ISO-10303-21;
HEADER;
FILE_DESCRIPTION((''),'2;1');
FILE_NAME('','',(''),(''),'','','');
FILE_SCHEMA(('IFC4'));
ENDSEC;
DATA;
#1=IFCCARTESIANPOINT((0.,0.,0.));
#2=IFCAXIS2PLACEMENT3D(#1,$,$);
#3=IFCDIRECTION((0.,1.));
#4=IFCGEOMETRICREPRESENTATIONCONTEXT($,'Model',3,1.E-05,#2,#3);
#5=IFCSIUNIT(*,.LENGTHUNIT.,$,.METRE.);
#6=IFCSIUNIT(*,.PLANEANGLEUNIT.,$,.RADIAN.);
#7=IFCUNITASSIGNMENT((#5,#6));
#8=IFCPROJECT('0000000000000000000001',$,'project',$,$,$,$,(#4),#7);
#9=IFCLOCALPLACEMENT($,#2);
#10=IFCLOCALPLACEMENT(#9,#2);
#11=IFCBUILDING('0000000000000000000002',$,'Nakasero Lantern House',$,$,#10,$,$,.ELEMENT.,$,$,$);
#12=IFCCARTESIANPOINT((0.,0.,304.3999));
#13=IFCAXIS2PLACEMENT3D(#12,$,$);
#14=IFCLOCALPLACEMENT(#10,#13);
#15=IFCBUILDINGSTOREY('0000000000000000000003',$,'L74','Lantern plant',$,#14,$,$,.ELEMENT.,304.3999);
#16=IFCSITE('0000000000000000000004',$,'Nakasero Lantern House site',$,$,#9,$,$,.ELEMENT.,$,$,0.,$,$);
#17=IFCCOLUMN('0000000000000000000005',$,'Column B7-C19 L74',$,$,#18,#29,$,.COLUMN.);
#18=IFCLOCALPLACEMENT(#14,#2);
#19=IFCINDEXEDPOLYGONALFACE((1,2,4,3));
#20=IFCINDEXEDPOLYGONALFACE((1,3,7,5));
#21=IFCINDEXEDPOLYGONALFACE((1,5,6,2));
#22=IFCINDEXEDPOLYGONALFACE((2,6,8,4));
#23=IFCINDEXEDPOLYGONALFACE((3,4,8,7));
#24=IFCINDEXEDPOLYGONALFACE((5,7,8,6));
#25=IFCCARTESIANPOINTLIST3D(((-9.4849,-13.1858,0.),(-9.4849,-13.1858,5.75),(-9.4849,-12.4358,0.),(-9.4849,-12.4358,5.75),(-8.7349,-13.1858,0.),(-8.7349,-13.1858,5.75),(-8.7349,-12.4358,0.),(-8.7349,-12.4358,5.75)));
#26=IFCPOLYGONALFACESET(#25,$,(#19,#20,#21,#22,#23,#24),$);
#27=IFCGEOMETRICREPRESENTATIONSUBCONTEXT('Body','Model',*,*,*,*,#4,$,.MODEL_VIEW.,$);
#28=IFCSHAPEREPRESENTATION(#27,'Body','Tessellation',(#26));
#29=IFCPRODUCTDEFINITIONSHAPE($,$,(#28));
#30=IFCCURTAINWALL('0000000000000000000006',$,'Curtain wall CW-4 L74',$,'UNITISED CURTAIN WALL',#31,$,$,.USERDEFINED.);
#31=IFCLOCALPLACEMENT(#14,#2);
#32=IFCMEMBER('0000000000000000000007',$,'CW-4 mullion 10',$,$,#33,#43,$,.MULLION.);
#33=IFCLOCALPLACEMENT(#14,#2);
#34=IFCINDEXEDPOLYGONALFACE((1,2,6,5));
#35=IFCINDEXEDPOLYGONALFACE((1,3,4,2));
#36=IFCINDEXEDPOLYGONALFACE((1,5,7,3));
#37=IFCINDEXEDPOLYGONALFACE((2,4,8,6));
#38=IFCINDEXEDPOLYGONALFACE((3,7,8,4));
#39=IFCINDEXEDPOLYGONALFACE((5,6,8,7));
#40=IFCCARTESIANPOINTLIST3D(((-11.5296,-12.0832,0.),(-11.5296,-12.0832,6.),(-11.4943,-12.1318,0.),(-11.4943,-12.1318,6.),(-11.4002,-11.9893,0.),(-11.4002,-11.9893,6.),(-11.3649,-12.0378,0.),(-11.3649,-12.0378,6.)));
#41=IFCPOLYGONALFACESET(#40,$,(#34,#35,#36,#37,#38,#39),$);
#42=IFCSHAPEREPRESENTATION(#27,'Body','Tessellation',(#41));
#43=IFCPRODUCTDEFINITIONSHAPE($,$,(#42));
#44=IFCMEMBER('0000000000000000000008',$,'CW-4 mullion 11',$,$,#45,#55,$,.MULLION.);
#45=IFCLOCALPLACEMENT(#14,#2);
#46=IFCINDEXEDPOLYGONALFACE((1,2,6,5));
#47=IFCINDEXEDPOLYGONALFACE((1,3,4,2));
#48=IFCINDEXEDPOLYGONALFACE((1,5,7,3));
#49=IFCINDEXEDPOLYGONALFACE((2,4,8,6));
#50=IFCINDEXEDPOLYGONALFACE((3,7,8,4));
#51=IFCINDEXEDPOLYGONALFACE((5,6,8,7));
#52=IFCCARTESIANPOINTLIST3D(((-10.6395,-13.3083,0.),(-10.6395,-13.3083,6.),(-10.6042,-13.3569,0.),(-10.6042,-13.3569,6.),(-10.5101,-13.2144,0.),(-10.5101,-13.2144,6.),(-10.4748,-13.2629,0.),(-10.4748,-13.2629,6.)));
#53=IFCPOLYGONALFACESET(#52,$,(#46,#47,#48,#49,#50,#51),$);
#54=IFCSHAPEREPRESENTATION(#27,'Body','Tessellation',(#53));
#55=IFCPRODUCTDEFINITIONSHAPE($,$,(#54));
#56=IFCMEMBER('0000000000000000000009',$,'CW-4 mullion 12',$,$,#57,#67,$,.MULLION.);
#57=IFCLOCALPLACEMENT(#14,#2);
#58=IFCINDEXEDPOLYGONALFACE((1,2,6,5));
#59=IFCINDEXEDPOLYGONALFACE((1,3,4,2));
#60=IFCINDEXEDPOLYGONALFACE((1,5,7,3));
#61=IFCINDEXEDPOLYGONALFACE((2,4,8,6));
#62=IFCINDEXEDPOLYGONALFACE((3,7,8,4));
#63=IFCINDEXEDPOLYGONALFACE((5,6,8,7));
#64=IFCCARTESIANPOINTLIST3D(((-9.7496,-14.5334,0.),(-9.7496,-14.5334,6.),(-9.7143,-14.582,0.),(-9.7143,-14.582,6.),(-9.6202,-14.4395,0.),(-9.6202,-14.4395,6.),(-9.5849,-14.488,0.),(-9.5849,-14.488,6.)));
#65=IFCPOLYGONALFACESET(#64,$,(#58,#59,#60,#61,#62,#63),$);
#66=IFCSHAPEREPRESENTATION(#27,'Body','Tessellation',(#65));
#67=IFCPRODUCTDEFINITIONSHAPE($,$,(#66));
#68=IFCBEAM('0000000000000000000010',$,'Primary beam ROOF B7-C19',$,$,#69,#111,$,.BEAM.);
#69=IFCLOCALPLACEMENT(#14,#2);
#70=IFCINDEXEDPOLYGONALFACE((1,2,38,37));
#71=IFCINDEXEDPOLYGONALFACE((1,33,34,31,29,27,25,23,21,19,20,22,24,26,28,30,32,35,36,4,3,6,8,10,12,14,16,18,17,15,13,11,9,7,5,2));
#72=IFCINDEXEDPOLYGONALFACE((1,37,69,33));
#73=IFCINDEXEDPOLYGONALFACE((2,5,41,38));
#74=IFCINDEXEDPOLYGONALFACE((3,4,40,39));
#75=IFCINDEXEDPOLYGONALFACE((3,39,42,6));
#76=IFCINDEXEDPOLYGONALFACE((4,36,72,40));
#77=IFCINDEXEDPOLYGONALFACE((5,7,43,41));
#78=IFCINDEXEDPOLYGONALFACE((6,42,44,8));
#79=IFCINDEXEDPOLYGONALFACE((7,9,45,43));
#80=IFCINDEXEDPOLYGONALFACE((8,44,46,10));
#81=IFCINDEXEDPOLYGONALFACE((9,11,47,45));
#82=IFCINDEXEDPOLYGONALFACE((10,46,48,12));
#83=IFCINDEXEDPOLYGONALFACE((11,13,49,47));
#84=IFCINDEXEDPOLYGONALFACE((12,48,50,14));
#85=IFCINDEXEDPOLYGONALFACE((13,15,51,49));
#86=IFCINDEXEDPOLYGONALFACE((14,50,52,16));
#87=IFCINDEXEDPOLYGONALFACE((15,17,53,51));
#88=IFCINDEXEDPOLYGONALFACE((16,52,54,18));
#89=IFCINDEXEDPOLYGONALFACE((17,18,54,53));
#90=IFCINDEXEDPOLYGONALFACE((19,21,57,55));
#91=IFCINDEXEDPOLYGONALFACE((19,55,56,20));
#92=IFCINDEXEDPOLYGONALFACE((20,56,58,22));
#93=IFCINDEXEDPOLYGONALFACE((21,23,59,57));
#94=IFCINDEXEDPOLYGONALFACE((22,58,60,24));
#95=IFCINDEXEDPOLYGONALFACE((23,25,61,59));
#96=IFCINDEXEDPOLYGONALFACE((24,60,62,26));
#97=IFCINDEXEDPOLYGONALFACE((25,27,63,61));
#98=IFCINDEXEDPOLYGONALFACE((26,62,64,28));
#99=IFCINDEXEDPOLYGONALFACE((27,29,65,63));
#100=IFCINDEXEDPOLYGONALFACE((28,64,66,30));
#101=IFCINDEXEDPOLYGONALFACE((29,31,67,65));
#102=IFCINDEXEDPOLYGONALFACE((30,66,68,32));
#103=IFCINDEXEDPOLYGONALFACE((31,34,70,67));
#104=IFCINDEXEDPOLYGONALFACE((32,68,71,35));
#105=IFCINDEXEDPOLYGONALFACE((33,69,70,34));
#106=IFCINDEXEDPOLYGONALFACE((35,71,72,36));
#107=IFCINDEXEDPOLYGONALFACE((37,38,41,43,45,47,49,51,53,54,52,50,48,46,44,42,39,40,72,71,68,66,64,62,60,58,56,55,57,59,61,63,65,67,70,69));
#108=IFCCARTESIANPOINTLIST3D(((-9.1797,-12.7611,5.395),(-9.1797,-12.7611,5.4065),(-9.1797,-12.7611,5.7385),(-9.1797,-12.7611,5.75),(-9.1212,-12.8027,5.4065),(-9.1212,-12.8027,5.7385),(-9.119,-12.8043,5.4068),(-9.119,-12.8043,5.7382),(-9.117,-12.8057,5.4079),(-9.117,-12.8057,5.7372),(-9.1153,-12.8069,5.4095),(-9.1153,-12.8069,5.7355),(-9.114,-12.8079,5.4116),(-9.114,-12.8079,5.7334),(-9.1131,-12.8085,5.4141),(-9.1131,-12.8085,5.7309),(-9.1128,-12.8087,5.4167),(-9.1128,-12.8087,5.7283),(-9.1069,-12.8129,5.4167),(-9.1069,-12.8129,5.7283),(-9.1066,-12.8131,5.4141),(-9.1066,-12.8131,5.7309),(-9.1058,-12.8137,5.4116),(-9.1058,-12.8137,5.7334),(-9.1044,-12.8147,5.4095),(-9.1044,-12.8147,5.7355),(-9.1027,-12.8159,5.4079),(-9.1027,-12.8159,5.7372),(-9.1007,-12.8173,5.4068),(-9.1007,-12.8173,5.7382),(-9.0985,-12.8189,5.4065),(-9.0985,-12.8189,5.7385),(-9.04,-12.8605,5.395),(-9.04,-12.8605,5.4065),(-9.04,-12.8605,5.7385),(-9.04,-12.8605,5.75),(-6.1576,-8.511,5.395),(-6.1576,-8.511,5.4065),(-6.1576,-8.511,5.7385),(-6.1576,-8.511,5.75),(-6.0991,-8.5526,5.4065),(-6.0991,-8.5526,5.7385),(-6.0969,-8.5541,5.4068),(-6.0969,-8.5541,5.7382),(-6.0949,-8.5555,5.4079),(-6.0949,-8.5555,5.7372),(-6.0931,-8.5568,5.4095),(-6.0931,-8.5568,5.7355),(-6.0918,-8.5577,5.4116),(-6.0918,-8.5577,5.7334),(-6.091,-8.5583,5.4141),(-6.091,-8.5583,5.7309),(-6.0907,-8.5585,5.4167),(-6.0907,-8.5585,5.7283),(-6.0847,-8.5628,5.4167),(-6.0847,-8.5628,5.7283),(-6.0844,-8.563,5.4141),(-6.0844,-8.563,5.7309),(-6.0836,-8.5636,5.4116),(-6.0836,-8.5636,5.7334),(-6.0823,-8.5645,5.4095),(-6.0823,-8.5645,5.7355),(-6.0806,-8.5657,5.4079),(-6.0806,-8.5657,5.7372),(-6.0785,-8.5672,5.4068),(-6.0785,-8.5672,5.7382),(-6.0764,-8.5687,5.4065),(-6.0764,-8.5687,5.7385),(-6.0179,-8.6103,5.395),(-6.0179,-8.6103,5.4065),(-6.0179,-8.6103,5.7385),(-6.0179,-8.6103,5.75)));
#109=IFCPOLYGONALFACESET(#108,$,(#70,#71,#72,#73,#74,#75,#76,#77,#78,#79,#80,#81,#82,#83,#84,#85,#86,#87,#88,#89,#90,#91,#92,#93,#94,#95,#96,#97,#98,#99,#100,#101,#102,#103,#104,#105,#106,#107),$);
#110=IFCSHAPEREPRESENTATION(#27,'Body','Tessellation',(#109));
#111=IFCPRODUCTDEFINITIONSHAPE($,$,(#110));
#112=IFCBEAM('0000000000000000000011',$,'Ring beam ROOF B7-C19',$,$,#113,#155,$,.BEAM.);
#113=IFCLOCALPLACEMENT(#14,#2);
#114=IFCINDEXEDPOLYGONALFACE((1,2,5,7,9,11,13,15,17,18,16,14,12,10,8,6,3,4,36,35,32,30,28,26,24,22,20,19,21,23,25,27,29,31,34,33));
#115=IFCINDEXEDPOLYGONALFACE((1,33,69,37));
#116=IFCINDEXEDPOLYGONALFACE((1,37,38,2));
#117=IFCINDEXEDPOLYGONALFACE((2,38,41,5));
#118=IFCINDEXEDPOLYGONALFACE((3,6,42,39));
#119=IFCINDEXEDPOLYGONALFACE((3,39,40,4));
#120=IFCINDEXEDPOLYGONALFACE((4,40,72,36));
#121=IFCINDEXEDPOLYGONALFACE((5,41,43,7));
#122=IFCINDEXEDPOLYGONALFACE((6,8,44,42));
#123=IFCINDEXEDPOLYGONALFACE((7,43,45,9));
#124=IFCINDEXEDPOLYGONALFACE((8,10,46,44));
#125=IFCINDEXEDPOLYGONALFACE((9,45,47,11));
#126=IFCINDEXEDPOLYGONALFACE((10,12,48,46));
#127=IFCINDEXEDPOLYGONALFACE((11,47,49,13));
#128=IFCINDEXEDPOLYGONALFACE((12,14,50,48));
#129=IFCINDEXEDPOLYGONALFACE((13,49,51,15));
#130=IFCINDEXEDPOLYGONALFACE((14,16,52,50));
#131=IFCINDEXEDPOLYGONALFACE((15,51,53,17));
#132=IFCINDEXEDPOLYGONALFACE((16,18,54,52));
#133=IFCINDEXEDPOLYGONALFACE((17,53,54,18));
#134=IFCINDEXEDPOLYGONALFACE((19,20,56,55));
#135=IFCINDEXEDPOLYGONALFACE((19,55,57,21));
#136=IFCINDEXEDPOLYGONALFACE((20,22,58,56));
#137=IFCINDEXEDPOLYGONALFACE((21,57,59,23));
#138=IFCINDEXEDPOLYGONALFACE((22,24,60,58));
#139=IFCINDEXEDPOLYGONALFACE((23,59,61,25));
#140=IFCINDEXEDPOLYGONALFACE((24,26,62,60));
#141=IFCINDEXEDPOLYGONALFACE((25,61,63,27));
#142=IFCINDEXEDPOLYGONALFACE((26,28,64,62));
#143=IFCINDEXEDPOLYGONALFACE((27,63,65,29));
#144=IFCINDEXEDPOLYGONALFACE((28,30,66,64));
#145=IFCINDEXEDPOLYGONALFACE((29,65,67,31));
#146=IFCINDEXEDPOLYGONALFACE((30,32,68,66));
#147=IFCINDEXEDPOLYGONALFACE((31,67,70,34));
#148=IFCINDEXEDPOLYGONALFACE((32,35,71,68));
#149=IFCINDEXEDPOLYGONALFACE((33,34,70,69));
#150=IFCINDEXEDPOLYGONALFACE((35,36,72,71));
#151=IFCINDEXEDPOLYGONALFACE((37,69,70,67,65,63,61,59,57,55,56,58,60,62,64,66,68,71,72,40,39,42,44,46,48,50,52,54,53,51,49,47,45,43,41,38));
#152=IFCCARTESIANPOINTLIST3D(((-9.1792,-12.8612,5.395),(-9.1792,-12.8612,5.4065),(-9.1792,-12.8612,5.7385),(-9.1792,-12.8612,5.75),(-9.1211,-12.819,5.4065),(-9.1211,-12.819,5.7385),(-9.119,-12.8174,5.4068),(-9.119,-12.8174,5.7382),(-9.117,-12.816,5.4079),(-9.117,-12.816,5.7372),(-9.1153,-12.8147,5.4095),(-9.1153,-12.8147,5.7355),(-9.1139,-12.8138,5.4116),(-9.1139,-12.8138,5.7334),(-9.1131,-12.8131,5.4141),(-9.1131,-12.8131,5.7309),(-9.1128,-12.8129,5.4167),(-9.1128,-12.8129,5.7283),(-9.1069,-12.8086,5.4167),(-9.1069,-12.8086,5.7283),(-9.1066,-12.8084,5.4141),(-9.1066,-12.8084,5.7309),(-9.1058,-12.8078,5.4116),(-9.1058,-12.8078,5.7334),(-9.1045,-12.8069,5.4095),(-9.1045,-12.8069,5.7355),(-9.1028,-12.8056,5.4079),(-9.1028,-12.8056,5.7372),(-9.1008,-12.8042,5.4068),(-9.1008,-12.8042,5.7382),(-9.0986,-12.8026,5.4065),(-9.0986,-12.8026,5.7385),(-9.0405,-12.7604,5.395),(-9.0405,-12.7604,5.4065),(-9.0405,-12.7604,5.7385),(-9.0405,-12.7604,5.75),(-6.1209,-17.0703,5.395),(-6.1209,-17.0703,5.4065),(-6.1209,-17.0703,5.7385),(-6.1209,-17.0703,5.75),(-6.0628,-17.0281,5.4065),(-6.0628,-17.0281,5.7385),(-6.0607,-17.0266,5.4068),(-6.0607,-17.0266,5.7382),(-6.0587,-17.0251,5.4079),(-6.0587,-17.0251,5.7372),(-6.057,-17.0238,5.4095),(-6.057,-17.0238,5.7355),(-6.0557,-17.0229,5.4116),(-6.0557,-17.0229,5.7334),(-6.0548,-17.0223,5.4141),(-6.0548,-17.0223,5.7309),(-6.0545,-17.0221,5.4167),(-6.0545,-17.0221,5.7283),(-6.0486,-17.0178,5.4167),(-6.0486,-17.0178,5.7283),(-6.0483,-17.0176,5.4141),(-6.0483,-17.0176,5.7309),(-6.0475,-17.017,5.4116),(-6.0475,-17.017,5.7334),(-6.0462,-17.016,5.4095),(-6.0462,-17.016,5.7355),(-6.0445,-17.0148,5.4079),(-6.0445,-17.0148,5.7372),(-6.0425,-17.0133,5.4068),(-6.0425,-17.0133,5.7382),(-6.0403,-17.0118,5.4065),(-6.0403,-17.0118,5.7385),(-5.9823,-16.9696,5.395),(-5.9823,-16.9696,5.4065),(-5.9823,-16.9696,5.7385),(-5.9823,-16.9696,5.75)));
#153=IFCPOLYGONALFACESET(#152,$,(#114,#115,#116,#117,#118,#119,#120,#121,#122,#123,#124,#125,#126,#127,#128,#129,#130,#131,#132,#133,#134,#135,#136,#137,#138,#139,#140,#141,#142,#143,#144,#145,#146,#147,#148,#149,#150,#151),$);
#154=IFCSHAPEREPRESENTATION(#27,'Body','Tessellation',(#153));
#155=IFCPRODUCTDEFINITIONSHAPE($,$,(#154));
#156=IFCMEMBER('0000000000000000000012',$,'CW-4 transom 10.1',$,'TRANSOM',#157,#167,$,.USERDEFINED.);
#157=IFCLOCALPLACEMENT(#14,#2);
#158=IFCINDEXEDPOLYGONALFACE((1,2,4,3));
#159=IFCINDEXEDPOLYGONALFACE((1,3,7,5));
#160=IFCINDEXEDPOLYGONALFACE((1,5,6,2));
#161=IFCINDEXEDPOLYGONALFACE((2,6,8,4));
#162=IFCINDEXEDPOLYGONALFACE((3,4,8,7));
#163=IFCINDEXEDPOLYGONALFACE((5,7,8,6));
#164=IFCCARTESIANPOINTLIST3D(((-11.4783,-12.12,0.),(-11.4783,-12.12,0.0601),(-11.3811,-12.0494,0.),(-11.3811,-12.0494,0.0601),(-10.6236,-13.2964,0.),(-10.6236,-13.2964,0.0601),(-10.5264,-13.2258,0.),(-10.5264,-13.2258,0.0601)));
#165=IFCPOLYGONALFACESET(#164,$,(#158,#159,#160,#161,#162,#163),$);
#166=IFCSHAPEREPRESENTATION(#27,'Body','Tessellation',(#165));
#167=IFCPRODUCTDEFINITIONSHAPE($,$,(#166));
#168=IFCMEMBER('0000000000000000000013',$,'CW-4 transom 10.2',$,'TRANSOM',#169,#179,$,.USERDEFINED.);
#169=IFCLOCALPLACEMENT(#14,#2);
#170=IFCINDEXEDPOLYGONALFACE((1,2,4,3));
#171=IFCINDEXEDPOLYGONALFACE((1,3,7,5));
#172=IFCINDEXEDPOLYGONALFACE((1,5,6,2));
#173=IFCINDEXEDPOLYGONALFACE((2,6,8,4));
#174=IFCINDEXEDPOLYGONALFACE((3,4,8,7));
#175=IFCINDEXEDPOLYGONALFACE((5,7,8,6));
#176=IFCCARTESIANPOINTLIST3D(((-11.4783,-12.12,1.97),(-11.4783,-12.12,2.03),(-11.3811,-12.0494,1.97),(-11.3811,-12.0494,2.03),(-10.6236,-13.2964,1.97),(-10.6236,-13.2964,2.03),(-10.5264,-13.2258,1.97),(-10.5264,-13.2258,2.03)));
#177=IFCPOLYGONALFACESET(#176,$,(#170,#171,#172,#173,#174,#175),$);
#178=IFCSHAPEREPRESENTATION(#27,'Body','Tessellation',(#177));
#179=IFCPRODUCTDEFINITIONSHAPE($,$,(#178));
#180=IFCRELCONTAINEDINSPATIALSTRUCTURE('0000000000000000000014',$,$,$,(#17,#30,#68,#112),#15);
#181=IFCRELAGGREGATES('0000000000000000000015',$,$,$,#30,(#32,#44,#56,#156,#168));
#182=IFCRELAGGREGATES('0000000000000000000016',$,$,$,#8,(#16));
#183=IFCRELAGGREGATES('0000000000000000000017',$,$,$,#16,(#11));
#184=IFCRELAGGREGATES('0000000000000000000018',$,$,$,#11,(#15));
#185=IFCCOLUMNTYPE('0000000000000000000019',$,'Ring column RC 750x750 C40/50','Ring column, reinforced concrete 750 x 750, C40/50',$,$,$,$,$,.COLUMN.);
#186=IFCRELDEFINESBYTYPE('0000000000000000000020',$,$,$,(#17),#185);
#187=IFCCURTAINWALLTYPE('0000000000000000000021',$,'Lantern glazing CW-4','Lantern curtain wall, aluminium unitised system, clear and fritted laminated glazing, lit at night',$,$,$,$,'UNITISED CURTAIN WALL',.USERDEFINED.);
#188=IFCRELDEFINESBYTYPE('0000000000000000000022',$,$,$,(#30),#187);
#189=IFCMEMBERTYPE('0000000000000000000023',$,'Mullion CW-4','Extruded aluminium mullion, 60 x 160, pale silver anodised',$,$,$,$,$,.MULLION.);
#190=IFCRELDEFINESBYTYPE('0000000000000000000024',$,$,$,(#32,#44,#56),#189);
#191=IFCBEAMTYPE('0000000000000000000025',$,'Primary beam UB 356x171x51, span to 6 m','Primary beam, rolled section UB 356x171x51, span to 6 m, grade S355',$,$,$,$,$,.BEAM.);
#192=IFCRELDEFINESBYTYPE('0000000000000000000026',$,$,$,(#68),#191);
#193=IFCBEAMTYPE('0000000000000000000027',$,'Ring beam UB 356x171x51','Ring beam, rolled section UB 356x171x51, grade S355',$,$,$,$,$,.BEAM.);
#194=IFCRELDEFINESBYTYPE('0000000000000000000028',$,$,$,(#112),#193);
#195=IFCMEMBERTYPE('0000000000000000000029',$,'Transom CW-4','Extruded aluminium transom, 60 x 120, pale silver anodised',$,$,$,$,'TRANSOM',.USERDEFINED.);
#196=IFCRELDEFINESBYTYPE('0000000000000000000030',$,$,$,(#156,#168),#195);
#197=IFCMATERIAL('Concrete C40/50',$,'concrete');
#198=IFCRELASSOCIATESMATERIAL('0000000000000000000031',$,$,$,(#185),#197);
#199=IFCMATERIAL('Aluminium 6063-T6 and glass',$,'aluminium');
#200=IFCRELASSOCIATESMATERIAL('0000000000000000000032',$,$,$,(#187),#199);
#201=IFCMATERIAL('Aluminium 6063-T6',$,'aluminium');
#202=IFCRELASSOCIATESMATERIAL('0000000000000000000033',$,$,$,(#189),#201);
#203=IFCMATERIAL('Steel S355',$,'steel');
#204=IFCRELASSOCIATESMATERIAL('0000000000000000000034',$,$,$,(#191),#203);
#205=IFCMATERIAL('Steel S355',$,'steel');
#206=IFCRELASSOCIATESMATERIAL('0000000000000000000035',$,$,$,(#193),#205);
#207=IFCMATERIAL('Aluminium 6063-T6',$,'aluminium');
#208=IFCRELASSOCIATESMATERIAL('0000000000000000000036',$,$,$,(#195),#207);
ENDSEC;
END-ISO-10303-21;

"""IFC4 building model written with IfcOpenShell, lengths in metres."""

from ifc_helpers import new_model, si_unit, direction, frame, origin, origin_2d, place, context, subcontext, project, spatial, rectangle, i_section, extrude, material, material_profile, profile_set, type_object, element, aggregate, save


model = new_model("IFC4")

# Units and contexts
model_context = context("Model", 3, precision=1e-05, world=origin(), true_north=direction((0.0, 1.0)))
body_context = subcontext(model_context, "Body", "Model", "MODEL_VIEW")
ifc_project = project(units=[si_unit("LENGTHUNIT", "METRE"), si_unit("PLANEANGLEUNIT", "RADIAN")], contexts=[model_context])

# Site, building, storey
site_placement = place(None, origin())
site = spatial("IfcSite", under=ifc_project, at=site_placement, Name="Nakasero Lantern House site", CompositionType="ELEMENT", RefElevation=0.0)
building_placement = place(site_placement, origin())
building = spatial("IfcBuilding", under=site, at=building_placement, Name="Nakasero Lantern House", CompositionType="ELEMENT")
storey_placement = place(building_placement, frame((0.0, 0.0, 304.3999)))
storey = spatial("IfcBuildingStorey", under=building, at=storey_placement, Name="L74", Description="Lantern plant", CompositionType="ELEMENT", Elevation=304.3999)

# Column
ifc_material_1 = material(Name="Concrete C40/50", Category="concrete")
ifc_material_profile_1 = material_profile(ifc_material_1, rectangle(XDim=0.75, YDim=0.75, at=origin_2d()), Name="RC 750x750")
ifc_profile_set_1 = profile_set([ifc_material_profile_1], Name="Concrete C40/50")
column_type = type_object("IfcColumnType", Name="Ring column RC 750x750 C40/50", Description="Ring column, reinforced concrete 750 x 750, C40/50", PredefinedType="COLUMN", material=ifc_profile_set_1)
column_placement = place(storey_placement, frame((-9.1099, -12.8108, 0.0), z_axis=(0.0, 0.0, 1.0), x_axis=(1.0, 0.0, 0.0)))
element("IfcColumn", 1, at=column_placement, inside=storey, type_object=column_type, Name="Column B7-C19 L74", PredefinedType="COLUMN", context=body_context, shape_type="SweptSolid", body=[
    extrude(rectangle(XDim=0.75, YDim=0.75, at=origin_2d()), origin(), (0.0, 0.0, 1.0), 5.75),
])

# Curtain wall, members
ifc_material_2 = material(Name="Aluminium 6063-T6 and glass", Category="aluminium")
curtain_wall_type = type_object("IfcCurtainWallType", Name="Lantern glazing CW-4", Description="Lantern curtain wall, aluminium unitised system, clear and fritted laminated glazing, lit at night", ElementType="UNITISED CURTAIN WALL", PredefinedType="USERDEFINED", material=ifc_material_2)
curtain_wall_placement = place(storey_placement, origin())
curtain_wall = element("IfcCurtainWall", 2, at=curtain_wall_placement, inside=storey, type_object=curtain_wall_type, Name="Curtain wall CW-4 L74", ObjectType="UNITISED CURTAIN WALL", PredefinedType="USERDEFINED")
ifc_material_3 = material(Name="Aluminium 6063-T6", Category="aluminium")
ifc_material_profile_2 = material_profile(ifc_material_3, rectangle(XDim=0.0601, YDim=0.1599, at=origin_2d()), Name="CW-4 mullion 60x160")
ifc_profile_set_2 = profile_set([ifc_material_profile_2], Name="Aluminium 6063-T6")
member_type_1 = type_object("IfcMemberType", Name="Mullion CW-4", Description="Extruded aluminium mullion, 60 x 160, pale silver anodised", PredefinedType="MULLION", material=ifc_profile_set_2)
member_1_placement = place(storey_placement, frame((-11.4473, -12.0605, 0.0), z_axis=(0.0, 0.0, 1.0), x_axis=(0.587785, -0.809017, 0.0)))
member_1 = element("IfcMember", 3, at=member_1_placement, type_object=member_type_1, Name="CW-4 mullion 10", PredefinedType="MULLION", context=body_context, shape_type="SweptSolid", body=[
    extrude(rectangle(XDim=0.0601, YDim=0.1599, at=origin_2d()), origin(), (0.0, 0.0, 1.0), 6.0),
])
member_2_placement = place(storey_placement, frame((-10.5571, -13.2856, 0.0), z_axis=(0.0, 0.0, 1.0), x_axis=(0.587785, -0.809017, 0.0)))
member_2 = element("IfcMember", 4, at=member_2_placement, type_object=member_type_1, Name="CW-4 mullion 11", PredefinedType="MULLION", context=body_context, shape_type="SweptSolid", body=[
    extrude(rectangle(XDim=0.0601, YDim=0.1599, at=origin_2d()), origin(), (0.0, 0.0, 1.0), 6.0),
])
member_3_placement = place(storey_placement, frame((-9.6672, -14.5107, 0.0), z_axis=(0.0, 0.0, 1.0), x_axis=(0.587785, -0.809017, 0.0)))
member_3 = element("IfcMember", 5, at=member_3_placement, type_object=member_type_1, Name="CW-4 mullion 12", PredefinedType="MULLION", context=body_context, shape_type="SweptSolid", body=[
    extrude(rectangle(XDim=0.0601, YDim=0.1599, at=origin_2d()), origin(), (0.0, 0.0, 1.0), 6.0),
])

# Beams
ifc_material_4 = material(Name="Steel S355", Category="steel")
ifc_material_profile_3 = material_profile(ifc_material_4, i_section(OverallWidth=0.1714, OverallDepth=0.355, WebThickness=0.0073, FlangeThickness=0.0115, FilletRadius=0.0103, at=origin_2d()), Name="UB 356x171x51")
ifc_profile_set_3 = profile_set([ifc_material_profile_3], Name="Steel S355")
beam_type_1 = type_object("IfcBeamType", Name="Primary beam UB 356x171x51, span to 6 m", Description="Primary beam, rolled section UB 356x171x51, span to 6 m, grade S355", PredefinedType="BEAM", material=ifc_profile_set_3)
beam_1_placement = place(storey_placement, frame((-9.1099, -12.8108, 5.5725), z_axis=(0.579501, 0.814972, 0.0), x_axis=(-0.814972, 0.579501, 0.0)))
element("IfcBeam", 6, at=beam_1_placement, inside=storey, type_object=beam_type_1, Name="Primary beam ROOF B7-C19", PredefinedType="BEAM", context=body_context, shape_type="SweptSolid", body=[
    extrude(i_section(OverallWidth=0.1714, OverallDepth=0.355, WebThickness=0.0073, FlangeThickness=0.0115, FilletRadius=0.0103, at=origin_2d()), origin(), (0.0, 0.0, 1.0), 5.2151),
])
ifc_material_5 = material(Name="Steel S355", Category="steel")
ifc_material_profile_4 = material_profile(ifc_material_5, i_section(OverallWidth=0.1714, OverallDepth=0.355, WebThickness=0.0073, FlangeThickness=0.0115, FilletRadius=0.0103, at=origin_2d()), Name="UB 356x171x51")
ifc_profile_set_4 = profile_set([ifc_material_profile_4], Name="Steel S355")
beam_type_2 = type_object("IfcBeamType", Name="Ring beam UB 356x171x51", Description="Ring beam, rolled section UB 356x171x51, grade S355", PredefinedType="BEAM", material=ifc_profile_set_4)
beam_2_placement = place(storey_placement, frame((-9.1099, -12.8108, 5.5725), z_axis=(0.587806, -0.809002, 0.0), x_axis=(0.809002, 0.587806, 0.0)))
element("IfcBeam", 7, at=beam_2_placement, inside=storey, type_object=beam_type_2, Name="Ring beam ROOF B7-C19", PredefinedType="BEAM", context=body_context, shape_type="SweptSolid", body=[
    extrude(i_section(OverallWidth=0.1714, OverallDepth=0.355, WebThickness=0.0073, FlangeThickness=0.0115, FilletRadius=0.0103, at=origin_2d()), origin(), (0.0, 0.0, 1.0), 5.2029),
])

# Members
ifc_material_6 = material(Name="Aluminium 6063-T6", Category="aluminium")
ifc_material_profile_5 = material_profile(ifc_material_6, rectangle(XDim=0.0601, YDim=0.1201, at=origin_2d()), Name="CW-4 transom 60x120")
ifc_profile_set_5 = profile_set([ifc_material_profile_5], Name="Aluminium 6063-T6")
member_type_2 = type_object("IfcMemberType", Name="Transom CW-4", Description="Extruded aluminium transom, 60 x 120, pale silver anodised", ElementType="TRANSOM", PredefinedType="USERDEFINED", material=ifc_profile_set_5)
member_4_placement = place(storey_placement, frame((-11.4297, -12.0847, 0.03), z_axis=(0.587762, -0.809034, 0.0), x_axis=(0.0, 0.0, 1.0)))
member_4 = element("IfcMember", 8, at=member_4_placement, type_object=member_type_2, Name="CW-4 transom 10.1", ObjectType="TRANSOM", PredefinedType="USERDEFINED", context=body_context, shape_type="SweptSolid", body=[
    extrude(rectangle(XDim=0.0601, YDim=0.1201, at=origin_2d()), origin(), (0.0, 0.0, 1.0), 1.4541),
])
member_5_placement = place(storey_placement, frame((-11.4297, -12.0847, 2.0), z_axis=(0.587762, -0.809034, 0.0), x_axis=(0.0, 0.0, 1.0)))
member_5 = element("IfcMember", 9, at=member_5_placement, type_object=member_type_2, Name="CW-4 transom 10.2", ObjectType="TRANSOM", PredefinedType="USERDEFINED", context=body_context, shape_type="SweptSolid", body=[
    extrude(rectangle(XDim=0.0601, YDim=0.1201, at=origin_2d()), origin(), (0.0, 0.0, 1.0), 1.4541),
])

aggregate(curtain_wall, [member_1, member_2, member_3, member_4, member_5])

save(model, "model.ifc")
